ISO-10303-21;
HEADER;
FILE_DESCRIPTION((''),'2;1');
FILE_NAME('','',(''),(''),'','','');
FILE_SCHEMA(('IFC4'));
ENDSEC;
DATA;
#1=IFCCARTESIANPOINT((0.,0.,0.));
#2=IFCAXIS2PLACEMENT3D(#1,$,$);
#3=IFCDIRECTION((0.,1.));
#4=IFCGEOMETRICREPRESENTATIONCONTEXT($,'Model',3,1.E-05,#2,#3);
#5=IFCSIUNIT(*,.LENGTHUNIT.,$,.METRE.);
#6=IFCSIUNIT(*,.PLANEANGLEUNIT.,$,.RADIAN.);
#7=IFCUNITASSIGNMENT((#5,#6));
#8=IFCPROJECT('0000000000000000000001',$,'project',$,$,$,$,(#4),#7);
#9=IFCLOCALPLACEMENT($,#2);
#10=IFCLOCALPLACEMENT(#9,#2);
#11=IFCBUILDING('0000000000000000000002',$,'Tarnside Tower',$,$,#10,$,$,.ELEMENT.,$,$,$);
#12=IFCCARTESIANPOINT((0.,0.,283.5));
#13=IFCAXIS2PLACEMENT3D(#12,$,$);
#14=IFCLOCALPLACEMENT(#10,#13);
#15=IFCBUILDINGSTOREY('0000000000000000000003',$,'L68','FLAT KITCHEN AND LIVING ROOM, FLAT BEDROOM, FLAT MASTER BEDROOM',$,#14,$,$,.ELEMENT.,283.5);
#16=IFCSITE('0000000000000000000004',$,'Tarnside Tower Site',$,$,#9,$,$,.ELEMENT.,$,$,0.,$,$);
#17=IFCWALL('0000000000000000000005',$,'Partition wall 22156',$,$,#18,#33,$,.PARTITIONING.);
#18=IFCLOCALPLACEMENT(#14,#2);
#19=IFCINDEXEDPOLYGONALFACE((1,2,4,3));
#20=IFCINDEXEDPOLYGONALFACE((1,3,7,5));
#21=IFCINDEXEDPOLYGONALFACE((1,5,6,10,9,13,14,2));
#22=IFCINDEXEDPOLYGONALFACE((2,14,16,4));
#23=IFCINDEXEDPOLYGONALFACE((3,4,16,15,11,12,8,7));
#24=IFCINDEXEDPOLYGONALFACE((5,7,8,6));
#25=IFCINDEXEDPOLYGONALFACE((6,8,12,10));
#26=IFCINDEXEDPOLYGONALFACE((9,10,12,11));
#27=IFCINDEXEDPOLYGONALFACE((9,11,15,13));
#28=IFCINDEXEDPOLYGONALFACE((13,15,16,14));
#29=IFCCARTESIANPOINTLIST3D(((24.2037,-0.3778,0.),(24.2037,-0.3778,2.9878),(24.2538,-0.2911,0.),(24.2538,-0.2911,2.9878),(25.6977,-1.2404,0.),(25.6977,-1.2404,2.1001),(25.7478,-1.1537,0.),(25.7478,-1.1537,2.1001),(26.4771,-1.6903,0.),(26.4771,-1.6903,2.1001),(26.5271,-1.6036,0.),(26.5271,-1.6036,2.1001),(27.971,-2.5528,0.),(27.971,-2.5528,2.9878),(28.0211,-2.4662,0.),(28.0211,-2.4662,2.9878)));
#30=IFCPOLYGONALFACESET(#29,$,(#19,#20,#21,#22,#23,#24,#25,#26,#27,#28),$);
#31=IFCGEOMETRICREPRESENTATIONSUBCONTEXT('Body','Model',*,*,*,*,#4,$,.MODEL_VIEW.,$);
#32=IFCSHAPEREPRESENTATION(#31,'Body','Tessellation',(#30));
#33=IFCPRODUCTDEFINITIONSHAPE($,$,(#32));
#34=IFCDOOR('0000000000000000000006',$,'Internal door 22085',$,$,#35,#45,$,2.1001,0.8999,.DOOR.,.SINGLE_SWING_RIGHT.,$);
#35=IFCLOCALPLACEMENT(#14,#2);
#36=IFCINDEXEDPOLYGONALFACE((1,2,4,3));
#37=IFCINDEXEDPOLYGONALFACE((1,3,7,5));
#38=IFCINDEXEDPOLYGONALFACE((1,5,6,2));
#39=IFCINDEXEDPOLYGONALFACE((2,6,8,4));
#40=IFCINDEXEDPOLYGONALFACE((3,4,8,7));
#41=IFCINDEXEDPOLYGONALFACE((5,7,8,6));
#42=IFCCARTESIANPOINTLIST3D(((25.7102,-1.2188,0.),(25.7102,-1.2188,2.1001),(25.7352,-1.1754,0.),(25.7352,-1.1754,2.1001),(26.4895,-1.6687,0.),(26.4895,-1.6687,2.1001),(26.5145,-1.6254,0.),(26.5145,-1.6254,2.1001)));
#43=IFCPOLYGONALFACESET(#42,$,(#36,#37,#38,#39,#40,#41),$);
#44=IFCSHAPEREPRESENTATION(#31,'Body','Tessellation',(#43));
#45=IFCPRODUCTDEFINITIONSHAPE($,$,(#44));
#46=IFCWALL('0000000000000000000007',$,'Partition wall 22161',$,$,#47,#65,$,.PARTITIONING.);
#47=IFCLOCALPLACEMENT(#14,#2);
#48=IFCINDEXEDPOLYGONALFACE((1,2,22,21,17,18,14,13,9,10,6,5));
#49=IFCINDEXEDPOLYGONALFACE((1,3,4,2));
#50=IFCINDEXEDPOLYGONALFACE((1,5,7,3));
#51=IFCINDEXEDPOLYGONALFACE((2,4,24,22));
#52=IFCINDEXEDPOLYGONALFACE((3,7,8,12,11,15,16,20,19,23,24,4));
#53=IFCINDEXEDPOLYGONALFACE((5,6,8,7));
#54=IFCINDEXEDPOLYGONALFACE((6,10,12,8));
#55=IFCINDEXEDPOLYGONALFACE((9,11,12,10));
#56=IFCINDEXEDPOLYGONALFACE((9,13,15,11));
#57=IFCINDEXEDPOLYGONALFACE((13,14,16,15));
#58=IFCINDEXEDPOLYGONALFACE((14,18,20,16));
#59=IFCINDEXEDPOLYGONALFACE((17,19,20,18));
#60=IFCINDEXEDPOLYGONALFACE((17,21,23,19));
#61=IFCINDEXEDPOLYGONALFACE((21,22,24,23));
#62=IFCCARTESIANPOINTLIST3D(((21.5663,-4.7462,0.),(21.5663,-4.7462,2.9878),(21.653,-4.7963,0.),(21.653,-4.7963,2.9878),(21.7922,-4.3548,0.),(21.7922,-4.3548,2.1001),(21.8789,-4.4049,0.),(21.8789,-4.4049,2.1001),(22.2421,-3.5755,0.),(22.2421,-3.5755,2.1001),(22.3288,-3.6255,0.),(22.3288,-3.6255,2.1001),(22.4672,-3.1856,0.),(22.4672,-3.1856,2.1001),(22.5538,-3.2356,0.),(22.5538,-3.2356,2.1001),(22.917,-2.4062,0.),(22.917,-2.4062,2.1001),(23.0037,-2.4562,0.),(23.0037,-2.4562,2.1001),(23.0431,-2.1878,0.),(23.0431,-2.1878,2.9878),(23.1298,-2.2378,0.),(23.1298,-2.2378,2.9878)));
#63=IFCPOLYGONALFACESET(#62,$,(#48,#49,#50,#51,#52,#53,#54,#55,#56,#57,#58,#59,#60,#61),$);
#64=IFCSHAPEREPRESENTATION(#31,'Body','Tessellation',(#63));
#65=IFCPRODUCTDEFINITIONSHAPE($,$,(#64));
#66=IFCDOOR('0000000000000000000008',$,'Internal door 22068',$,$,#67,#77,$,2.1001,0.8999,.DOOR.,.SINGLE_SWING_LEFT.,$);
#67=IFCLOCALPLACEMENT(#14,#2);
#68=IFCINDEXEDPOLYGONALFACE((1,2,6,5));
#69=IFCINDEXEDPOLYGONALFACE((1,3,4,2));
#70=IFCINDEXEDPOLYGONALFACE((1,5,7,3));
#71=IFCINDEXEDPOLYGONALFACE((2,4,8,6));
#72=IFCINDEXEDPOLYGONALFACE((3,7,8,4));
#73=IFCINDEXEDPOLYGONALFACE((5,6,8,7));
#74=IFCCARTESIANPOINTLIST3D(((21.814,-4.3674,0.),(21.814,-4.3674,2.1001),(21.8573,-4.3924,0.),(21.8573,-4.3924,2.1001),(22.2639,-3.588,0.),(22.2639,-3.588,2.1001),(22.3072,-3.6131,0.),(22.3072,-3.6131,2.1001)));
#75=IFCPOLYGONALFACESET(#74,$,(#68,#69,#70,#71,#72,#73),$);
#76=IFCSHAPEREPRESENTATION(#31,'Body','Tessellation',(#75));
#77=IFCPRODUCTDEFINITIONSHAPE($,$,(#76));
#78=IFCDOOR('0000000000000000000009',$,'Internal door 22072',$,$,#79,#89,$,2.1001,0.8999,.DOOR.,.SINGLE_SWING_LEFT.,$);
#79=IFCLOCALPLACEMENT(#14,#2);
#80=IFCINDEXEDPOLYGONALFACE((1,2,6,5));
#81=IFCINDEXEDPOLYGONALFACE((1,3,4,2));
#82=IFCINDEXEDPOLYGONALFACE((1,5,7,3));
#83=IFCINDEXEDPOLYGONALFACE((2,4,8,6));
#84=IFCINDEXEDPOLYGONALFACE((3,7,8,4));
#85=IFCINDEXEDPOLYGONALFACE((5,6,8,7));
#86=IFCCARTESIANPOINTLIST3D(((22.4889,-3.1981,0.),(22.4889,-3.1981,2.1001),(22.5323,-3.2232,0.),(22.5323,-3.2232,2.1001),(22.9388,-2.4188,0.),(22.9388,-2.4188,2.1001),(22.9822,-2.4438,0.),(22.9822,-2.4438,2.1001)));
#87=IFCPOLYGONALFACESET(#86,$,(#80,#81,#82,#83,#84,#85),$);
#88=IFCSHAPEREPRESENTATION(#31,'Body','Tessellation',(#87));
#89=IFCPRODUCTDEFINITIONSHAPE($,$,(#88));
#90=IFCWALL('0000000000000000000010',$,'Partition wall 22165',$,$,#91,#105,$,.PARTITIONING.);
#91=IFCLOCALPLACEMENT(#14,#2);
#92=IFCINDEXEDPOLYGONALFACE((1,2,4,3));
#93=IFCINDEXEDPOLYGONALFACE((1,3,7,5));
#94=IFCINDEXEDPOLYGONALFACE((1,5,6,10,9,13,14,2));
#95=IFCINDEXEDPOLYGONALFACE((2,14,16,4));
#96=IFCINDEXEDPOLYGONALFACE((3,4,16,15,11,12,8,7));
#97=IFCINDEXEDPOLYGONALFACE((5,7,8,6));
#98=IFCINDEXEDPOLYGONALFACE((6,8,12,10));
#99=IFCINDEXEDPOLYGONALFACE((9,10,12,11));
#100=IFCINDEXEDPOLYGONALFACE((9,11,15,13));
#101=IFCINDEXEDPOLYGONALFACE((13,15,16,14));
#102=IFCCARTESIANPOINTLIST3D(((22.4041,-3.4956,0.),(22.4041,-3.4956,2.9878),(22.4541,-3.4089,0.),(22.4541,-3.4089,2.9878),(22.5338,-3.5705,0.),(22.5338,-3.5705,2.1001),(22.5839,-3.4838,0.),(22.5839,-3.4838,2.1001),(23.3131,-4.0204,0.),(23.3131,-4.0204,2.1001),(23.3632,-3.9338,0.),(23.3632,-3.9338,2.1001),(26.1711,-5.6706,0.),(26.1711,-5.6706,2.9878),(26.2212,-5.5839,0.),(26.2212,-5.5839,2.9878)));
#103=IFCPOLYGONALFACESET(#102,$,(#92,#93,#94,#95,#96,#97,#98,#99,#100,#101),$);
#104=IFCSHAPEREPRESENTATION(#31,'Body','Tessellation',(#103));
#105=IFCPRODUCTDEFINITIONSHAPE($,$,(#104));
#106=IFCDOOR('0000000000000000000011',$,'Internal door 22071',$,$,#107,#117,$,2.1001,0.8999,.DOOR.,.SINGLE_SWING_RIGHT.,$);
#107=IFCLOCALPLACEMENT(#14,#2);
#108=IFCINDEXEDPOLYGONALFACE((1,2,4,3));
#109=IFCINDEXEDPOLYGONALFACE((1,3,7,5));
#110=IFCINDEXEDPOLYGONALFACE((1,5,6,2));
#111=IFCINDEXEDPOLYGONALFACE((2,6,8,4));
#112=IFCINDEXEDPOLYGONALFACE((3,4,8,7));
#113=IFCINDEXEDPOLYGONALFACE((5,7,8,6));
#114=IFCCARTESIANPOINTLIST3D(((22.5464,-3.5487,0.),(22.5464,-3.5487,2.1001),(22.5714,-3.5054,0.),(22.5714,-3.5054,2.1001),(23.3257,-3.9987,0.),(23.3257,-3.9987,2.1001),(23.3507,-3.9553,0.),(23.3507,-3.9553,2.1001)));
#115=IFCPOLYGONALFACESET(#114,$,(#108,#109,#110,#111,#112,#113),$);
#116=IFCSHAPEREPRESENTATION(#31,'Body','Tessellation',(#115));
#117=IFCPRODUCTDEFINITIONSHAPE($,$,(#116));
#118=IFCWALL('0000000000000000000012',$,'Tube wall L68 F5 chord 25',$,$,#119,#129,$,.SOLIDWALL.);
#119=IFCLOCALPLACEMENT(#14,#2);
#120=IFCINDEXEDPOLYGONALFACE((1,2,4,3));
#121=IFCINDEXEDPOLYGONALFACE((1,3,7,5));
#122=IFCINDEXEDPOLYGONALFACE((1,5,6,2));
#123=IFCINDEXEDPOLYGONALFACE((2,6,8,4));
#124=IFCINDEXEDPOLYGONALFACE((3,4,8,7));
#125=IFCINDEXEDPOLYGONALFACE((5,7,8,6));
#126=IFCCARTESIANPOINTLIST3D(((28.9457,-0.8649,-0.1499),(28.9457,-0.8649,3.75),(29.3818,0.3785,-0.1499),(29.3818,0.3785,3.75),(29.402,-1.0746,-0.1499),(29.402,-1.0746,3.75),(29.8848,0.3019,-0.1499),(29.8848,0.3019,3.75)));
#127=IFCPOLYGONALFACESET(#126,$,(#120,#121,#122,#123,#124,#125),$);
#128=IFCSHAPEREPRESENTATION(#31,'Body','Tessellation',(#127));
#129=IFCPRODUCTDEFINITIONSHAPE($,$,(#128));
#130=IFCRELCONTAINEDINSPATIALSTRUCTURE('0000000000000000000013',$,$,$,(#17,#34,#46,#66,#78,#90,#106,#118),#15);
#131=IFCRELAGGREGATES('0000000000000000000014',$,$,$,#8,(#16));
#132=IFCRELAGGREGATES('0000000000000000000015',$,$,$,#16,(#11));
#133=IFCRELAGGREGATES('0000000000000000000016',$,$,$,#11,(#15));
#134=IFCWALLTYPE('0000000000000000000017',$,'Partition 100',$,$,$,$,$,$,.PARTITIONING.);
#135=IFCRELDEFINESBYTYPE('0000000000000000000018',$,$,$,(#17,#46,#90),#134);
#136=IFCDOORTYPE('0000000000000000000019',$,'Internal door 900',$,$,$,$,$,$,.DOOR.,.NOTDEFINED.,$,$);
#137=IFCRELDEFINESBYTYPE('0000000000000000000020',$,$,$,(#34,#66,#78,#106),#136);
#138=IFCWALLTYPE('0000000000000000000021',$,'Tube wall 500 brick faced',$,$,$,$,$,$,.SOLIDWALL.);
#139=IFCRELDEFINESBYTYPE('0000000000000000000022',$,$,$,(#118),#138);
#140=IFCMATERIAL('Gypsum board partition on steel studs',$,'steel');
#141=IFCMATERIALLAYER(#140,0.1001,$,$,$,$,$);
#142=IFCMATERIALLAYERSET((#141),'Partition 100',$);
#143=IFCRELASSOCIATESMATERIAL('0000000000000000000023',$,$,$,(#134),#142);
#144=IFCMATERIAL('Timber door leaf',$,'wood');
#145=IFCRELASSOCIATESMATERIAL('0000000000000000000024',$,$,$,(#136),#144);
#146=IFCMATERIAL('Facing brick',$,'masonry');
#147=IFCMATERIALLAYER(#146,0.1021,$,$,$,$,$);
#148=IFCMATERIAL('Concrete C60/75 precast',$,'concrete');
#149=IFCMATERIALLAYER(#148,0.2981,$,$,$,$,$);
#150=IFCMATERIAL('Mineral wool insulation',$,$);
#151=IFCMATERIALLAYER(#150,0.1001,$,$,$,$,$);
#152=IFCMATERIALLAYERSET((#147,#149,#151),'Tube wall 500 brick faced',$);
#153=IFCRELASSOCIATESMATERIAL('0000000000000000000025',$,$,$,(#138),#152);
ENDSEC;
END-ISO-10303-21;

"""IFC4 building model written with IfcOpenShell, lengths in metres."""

from ifc_helpers import new_model, si_unit, direction, frame, frame_2d, origin, place, context, subcontext, project, spatial, polyline, rectangle, outline, extrude, material, layer, layer_set, type_object, element, fill, save


model = new_model("IFC4")

# Units and contexts
model_context = context("Model", 3, precision=1e-05, world=origin(), true_north=direction((0.0, 1.0)))
body_context = subcontext(model_context, "Body", "Model", "MODEL_VIEW")
ifc_project = project(units=[si_unit("LENGTHUNIT", "METRE"), si_unit("PLANEANGLEUNIT", "RADIAN")], contexts=[model_context])

# Site, building, storey
site_placement = place(None, origin())
site = spatial("IfcSite", under=ifc_project, at=site_placement, Name="Tarnside Tower Site", CompositionType="ELEMENT", RefElevation=0.0)
building_placement = place(site_placement, origin())
building = spatial("IfcBuilding", under=site, at=building_placement, Name="Tarnside Tower", CompositionType="ELEMENT")
storey_placement = place(building_placement, frame((0.0, 0.0, 283.5)))
storey = spatial("IfcBuildingStorey", under=building, at=storey_placement, Name="L68", Description="FLAT KITCHEN AND LIVING ROOM, FLAT BEDROOM, FLAT MASTER BEDROOM", CompositionType="ELEMENT", Elevation=283.5)

# Shared definitions
ifc_material_1 = material(Name="Gypsum board partition on steel studs", Category="steel")

# Shared definitions
ifc_material_2 = material(Name="Timber door leaf", Category="wood")

# Shared definitions
ifc_layer_1 = layer(ifc_material_1, 0.1001)
ifc_layer_set_1 = layer_set([ifc_layer_1], Name="Partition 100")
wall_type_1 = type_object("IfcWallType", Name="Partition 100", PredefinedType="PARTITIONING", material=ifc_layer_set_1)

# Wall, opening, door
wall_1_placement = place(storey_placement, frame((24.2288, -0.3345, 0.0), z_axis=(0.0, 0.0, 1.0), x_axis=(0.866028, -0.499996, 0.0)))
wall_1 = element("IfcWall", 1, at=wall_1_placement, inside=storey, type_object=wall_type_1, Name="Partition wall 22156", PredefinedType="PARTITIONING", context=body_context, shape_type="SweptSolid", body=[
    extrude(rectangle(XDim=4.3501, YDim=0.1001, at=frame_2d((2.175, 0.0))), origin(), (0.0, 0.0, 1.0), 2.9878),
])
opening_1_placement = place(wall_1_placement, frame((1.7251, 0.0, 0.0)))
opening_1 = element("IfcOpeningElement", 2, at=opening_1_placement, cuts=wall_1, PredefinedType="OPENING", context=body_context, shape_type="SweptSolid", body=[
    extrude(rectangle(XDim=0.8999, YDim=2.1001, at=frame_2d((0.45, 1.05))), frame((0.0, 0.0601, 0.0), z_axis=(0.0, -1.0, 0.0), x_axis=(1.0, 0.0, 0.0)), (0.0, 0.0, 1.0), 0.1201),
])
door_type_1 = type_object("IfcDoorType", Name="Internal door 900", OperationType="NOTDEFINED", PredefinedType="DOOR", material=ifc_material_2)
door_1_placement = place(opening_1_placement, origin())
door_1 = element("IfcDoor", 3, at=door_1_placement, inside=storey, type_object=door_type_1, Name="Internal door 22085", OperationType="SINGLE_SWING_RIGHT", OverallHeight=2.1001, OverallWidth=0.8999, PredefinedType="DOOR", context=body_context, shape_type="SweptSolid", body=[
    extrude(rectangle(XDim=0.8999, YDim=2.1001, at=frame_2d((0.45, 1.05))), frame((0.0, 0.0249, 0.0), z_axis=(0.0, -1.0, 0.0), x_axis=(1.0, 0.0, 0.0)), (0.0, 0.0, 1.0), 0.05),
])
fill(opening_1, door_1)

# Wall, openings, doors
wall_2_placement = place(storey_placement, frame((21.6096, -4.7712, 0.0), z_axis=(0.0, 0.0, 1.0), x_axis=(0.499935, 0.866063, 0.0)))
wall_2 = element("IfcWall", 4, at=wall_2_placement, inside=storey, type_object=wall_type_1, Name="Partition wall 22161", PredefinedType="PARTITIONING", context=body_context, shape_type="SweptSolid", body=[
    extrude(rectangle(XDim=2.9541, YDim=0.1001, at=frame_2d((1.4771, 0.0))), origin(), (0.0, 0.0, 1.0), 2.9878),
])
opening_2_placement = place(wall_2_placement, frame((0.4519, 0.0, 0.0)))
opening_2 = element("IfcOpeningElement", 5, at=opening_2_placement, cuts=wall_2, PredefinedType="OPENING", context=body_context, shape_type="SweptSolid", body=[
    extrude(rectangle(XDim=0.8999, YDim=2.1001, at=frame_2d((0.45, 1.05))), frame((0.0, 0.0601, 0.0), z_axis=(0.0, -1.0, 0.0), x_axis=(1.0, 0.0, 0.0)), (0.0, 0.0, 1.0), 0.1201),
])
opening_3_placement = place(wall_2_placement, frame((1.802, 0.0, 0.0)))
opening_3 = element("IfcOpeningElement", 6, at=opening_3_placement, cuts=wall_2, PredefinedType="OPENING", context=body_context, shape_type="SweptSolid", body=[
    extrude(rectangle(XDim=0.8999, YDim=2.1001, at=frame_2d((0.45, 1.05))), frame((0.0, 0.0601, 0.0), z_axis=(0.0, -1.0, 0.0), x_axis=(1.0, 0.0, 0.0)), (0.0, 0.0, 1.0), 0.1201),
])
door_2_placement = place(opening_2_placement, origin())
door_2 = element("IfcDoor", 7, at=door_2_placement, inside=storey, type_object=door_type_1, Name="Internal door 22068", OperationType="SINGLE_SWING_LEFT", OverallHeight=2.1001, OverallWidth=0.8999, PredefinedType="DOOR", context=body_context, shape_type="SweptSolid", body=[
    extrude(rectangle(XDim=0.8999, YDim=2.1001, at=frame_2d((0.45, 1.05))), frame((0.0, 0.0249, 0.0), z_axis=(0.0, -1.0, 0.0), x_axis=(1.0, 0.0, 0.0)), (0.0, 0.0, 1.0), 0.05),
])
fill(opening_2, door_2)
door_3_placement = place(opening_3_placement, origin())
door_3 = element("IfcDoor", 8, at=door_3_placement, inside=storey, type_object=door_type_1, Name="Internal door 22072", OperationType="SINGLE_SWING_LEFT", OverallHeight=2.1001, OverallWidth=0.8999, PredefinedType="DOOR", context=body_context, shape_type="SweptSolid", body=[
    extrude(rectangle(XDim=0.8999, YDim=2.1001, at=frame_2d((0.45, 1.05))), frame((0.0, 0.0249, 0.0), z_axis=(0.0, -1.0, 0.0), x_axis=(1.0, 0.0, 0.0)), (0.0, 0.0, 1.0), 0.05),
])
fill(opening_3, door_3)

# Wall, opening, door
wall_3_placement = place(storey_placement, frame((26.196, -5.6272, 0.0), z_axis=(0.0, 0.0, 1.0), x_axis=(-0.866014, 0.50002, 0.0)))
wall_3 = element("IfcWall", 9, at=wall_3_placement, inside=storey, type_object=wall_type_1, Name="Partition wall 22165", PredefinedType="PARTITIONING", context=body_context, shape_type="SweptSolid", body=[
    extrude(rectangle(XDim=4.3499, YDim=0.1001, at=frame_2d((2.1748, 0.0))), origin(), (0.0, 0.0, 1.0), 2.9878),
])
opening_4_placement = place(wall_3_placement, frame((3.3, 0.0, 0.0)))
opening_4 = element("IfcOpeningElement", 10, at=opening_4_placement, cuts=wall_3, PredefinedType="OPENING", context=body_context, shape_type="SweptSolid", body=[
    extrude(rectangle(XDim=0.8999, YDim=2.1001, at=frame_2d((0.45, 1.05))), frame((0.0, 0.0601, 0.0), z_axis=(0.0, -1.0, 0.0), x_axis=(1.0, 0.0, 0.0)), (0.0, 0.0, 1.0), 0.1201),
])
door_4_placement = place(opening_4_placement, origin())
door_4 = element("IfcDoor", 11, at=door_4_placement, inside=storey, type_object=door_type_1, Name="Internal door 22071", OperationType="SINGLE_SWING_RIGHT", OverallHeight=2.1001, OverallWidth=0.8999, PredefinedType="DOOR", context=body_context, shape_type="SweptSolid", body=[
    extrude(rectangle(XDim=0.8999, YDim=2.1001, at=frame_2d((0.45, 1.05))), frame((0.0, 0.0249, 0.0), z_axis=(0.0, -1.0, 0.0), x_axis=(1.0, 0.0, 0.0)), (0.0, 0.0, 1.0), 0.05),
])
fill(opening_4, door_4)

# Wall
ifc_material_3 = material(Name="Facing brick", Category="masonry")
ifc_layer_2 = layer(ifc_material_3, 0.1021)
ifc_material_4 = material(Name="Concrete C60/75 precast", Category="concrete")
ifc_layer_3 = layer(ifc_material_4, 0.2981)
ifc_material_5 = material(Name="Mineral wool insulation")
ifc_layer_4 = layer(ifc_material_5, 0.1001)
ifc_layer_set_2 = layer_set([ifc_layer_2, ifc_layer_3, ifc_layer_4], Name="Tube wall 500 brick faced")
wall_type_2 = type_object("IfcWallType", Name="Tube wall 500 brick faced", PredefinedType="SOLIDWALL", material=ifc_layer_set_2)
wall_4_placement = place(storey_placement, frame((29.1738, -0.9697, -0.1499), z_axis=(0.0, 0.0, 1.0), x_axis=(0.330961, 0.943644, 0.0)))
element("IfcWall", 12, at=wall_4_placement, inside=storey, type_object=wall_type_2, Name="Tube wall L68 F5 chord 25", PredefinedType="SOLIDWALL", context=body_context, shape_type="SweptSolid", body=[
    extrude(outline(polyline([(-0.0234, -0.25), (1.4353, -0.25), (1.3411, 0.25), (0.0234, 0.25), (-0.0234, -0.25)])), origin(), (0.0, 0.0, 1.0), 3.8999),
])

save(model, "model.ifc")
